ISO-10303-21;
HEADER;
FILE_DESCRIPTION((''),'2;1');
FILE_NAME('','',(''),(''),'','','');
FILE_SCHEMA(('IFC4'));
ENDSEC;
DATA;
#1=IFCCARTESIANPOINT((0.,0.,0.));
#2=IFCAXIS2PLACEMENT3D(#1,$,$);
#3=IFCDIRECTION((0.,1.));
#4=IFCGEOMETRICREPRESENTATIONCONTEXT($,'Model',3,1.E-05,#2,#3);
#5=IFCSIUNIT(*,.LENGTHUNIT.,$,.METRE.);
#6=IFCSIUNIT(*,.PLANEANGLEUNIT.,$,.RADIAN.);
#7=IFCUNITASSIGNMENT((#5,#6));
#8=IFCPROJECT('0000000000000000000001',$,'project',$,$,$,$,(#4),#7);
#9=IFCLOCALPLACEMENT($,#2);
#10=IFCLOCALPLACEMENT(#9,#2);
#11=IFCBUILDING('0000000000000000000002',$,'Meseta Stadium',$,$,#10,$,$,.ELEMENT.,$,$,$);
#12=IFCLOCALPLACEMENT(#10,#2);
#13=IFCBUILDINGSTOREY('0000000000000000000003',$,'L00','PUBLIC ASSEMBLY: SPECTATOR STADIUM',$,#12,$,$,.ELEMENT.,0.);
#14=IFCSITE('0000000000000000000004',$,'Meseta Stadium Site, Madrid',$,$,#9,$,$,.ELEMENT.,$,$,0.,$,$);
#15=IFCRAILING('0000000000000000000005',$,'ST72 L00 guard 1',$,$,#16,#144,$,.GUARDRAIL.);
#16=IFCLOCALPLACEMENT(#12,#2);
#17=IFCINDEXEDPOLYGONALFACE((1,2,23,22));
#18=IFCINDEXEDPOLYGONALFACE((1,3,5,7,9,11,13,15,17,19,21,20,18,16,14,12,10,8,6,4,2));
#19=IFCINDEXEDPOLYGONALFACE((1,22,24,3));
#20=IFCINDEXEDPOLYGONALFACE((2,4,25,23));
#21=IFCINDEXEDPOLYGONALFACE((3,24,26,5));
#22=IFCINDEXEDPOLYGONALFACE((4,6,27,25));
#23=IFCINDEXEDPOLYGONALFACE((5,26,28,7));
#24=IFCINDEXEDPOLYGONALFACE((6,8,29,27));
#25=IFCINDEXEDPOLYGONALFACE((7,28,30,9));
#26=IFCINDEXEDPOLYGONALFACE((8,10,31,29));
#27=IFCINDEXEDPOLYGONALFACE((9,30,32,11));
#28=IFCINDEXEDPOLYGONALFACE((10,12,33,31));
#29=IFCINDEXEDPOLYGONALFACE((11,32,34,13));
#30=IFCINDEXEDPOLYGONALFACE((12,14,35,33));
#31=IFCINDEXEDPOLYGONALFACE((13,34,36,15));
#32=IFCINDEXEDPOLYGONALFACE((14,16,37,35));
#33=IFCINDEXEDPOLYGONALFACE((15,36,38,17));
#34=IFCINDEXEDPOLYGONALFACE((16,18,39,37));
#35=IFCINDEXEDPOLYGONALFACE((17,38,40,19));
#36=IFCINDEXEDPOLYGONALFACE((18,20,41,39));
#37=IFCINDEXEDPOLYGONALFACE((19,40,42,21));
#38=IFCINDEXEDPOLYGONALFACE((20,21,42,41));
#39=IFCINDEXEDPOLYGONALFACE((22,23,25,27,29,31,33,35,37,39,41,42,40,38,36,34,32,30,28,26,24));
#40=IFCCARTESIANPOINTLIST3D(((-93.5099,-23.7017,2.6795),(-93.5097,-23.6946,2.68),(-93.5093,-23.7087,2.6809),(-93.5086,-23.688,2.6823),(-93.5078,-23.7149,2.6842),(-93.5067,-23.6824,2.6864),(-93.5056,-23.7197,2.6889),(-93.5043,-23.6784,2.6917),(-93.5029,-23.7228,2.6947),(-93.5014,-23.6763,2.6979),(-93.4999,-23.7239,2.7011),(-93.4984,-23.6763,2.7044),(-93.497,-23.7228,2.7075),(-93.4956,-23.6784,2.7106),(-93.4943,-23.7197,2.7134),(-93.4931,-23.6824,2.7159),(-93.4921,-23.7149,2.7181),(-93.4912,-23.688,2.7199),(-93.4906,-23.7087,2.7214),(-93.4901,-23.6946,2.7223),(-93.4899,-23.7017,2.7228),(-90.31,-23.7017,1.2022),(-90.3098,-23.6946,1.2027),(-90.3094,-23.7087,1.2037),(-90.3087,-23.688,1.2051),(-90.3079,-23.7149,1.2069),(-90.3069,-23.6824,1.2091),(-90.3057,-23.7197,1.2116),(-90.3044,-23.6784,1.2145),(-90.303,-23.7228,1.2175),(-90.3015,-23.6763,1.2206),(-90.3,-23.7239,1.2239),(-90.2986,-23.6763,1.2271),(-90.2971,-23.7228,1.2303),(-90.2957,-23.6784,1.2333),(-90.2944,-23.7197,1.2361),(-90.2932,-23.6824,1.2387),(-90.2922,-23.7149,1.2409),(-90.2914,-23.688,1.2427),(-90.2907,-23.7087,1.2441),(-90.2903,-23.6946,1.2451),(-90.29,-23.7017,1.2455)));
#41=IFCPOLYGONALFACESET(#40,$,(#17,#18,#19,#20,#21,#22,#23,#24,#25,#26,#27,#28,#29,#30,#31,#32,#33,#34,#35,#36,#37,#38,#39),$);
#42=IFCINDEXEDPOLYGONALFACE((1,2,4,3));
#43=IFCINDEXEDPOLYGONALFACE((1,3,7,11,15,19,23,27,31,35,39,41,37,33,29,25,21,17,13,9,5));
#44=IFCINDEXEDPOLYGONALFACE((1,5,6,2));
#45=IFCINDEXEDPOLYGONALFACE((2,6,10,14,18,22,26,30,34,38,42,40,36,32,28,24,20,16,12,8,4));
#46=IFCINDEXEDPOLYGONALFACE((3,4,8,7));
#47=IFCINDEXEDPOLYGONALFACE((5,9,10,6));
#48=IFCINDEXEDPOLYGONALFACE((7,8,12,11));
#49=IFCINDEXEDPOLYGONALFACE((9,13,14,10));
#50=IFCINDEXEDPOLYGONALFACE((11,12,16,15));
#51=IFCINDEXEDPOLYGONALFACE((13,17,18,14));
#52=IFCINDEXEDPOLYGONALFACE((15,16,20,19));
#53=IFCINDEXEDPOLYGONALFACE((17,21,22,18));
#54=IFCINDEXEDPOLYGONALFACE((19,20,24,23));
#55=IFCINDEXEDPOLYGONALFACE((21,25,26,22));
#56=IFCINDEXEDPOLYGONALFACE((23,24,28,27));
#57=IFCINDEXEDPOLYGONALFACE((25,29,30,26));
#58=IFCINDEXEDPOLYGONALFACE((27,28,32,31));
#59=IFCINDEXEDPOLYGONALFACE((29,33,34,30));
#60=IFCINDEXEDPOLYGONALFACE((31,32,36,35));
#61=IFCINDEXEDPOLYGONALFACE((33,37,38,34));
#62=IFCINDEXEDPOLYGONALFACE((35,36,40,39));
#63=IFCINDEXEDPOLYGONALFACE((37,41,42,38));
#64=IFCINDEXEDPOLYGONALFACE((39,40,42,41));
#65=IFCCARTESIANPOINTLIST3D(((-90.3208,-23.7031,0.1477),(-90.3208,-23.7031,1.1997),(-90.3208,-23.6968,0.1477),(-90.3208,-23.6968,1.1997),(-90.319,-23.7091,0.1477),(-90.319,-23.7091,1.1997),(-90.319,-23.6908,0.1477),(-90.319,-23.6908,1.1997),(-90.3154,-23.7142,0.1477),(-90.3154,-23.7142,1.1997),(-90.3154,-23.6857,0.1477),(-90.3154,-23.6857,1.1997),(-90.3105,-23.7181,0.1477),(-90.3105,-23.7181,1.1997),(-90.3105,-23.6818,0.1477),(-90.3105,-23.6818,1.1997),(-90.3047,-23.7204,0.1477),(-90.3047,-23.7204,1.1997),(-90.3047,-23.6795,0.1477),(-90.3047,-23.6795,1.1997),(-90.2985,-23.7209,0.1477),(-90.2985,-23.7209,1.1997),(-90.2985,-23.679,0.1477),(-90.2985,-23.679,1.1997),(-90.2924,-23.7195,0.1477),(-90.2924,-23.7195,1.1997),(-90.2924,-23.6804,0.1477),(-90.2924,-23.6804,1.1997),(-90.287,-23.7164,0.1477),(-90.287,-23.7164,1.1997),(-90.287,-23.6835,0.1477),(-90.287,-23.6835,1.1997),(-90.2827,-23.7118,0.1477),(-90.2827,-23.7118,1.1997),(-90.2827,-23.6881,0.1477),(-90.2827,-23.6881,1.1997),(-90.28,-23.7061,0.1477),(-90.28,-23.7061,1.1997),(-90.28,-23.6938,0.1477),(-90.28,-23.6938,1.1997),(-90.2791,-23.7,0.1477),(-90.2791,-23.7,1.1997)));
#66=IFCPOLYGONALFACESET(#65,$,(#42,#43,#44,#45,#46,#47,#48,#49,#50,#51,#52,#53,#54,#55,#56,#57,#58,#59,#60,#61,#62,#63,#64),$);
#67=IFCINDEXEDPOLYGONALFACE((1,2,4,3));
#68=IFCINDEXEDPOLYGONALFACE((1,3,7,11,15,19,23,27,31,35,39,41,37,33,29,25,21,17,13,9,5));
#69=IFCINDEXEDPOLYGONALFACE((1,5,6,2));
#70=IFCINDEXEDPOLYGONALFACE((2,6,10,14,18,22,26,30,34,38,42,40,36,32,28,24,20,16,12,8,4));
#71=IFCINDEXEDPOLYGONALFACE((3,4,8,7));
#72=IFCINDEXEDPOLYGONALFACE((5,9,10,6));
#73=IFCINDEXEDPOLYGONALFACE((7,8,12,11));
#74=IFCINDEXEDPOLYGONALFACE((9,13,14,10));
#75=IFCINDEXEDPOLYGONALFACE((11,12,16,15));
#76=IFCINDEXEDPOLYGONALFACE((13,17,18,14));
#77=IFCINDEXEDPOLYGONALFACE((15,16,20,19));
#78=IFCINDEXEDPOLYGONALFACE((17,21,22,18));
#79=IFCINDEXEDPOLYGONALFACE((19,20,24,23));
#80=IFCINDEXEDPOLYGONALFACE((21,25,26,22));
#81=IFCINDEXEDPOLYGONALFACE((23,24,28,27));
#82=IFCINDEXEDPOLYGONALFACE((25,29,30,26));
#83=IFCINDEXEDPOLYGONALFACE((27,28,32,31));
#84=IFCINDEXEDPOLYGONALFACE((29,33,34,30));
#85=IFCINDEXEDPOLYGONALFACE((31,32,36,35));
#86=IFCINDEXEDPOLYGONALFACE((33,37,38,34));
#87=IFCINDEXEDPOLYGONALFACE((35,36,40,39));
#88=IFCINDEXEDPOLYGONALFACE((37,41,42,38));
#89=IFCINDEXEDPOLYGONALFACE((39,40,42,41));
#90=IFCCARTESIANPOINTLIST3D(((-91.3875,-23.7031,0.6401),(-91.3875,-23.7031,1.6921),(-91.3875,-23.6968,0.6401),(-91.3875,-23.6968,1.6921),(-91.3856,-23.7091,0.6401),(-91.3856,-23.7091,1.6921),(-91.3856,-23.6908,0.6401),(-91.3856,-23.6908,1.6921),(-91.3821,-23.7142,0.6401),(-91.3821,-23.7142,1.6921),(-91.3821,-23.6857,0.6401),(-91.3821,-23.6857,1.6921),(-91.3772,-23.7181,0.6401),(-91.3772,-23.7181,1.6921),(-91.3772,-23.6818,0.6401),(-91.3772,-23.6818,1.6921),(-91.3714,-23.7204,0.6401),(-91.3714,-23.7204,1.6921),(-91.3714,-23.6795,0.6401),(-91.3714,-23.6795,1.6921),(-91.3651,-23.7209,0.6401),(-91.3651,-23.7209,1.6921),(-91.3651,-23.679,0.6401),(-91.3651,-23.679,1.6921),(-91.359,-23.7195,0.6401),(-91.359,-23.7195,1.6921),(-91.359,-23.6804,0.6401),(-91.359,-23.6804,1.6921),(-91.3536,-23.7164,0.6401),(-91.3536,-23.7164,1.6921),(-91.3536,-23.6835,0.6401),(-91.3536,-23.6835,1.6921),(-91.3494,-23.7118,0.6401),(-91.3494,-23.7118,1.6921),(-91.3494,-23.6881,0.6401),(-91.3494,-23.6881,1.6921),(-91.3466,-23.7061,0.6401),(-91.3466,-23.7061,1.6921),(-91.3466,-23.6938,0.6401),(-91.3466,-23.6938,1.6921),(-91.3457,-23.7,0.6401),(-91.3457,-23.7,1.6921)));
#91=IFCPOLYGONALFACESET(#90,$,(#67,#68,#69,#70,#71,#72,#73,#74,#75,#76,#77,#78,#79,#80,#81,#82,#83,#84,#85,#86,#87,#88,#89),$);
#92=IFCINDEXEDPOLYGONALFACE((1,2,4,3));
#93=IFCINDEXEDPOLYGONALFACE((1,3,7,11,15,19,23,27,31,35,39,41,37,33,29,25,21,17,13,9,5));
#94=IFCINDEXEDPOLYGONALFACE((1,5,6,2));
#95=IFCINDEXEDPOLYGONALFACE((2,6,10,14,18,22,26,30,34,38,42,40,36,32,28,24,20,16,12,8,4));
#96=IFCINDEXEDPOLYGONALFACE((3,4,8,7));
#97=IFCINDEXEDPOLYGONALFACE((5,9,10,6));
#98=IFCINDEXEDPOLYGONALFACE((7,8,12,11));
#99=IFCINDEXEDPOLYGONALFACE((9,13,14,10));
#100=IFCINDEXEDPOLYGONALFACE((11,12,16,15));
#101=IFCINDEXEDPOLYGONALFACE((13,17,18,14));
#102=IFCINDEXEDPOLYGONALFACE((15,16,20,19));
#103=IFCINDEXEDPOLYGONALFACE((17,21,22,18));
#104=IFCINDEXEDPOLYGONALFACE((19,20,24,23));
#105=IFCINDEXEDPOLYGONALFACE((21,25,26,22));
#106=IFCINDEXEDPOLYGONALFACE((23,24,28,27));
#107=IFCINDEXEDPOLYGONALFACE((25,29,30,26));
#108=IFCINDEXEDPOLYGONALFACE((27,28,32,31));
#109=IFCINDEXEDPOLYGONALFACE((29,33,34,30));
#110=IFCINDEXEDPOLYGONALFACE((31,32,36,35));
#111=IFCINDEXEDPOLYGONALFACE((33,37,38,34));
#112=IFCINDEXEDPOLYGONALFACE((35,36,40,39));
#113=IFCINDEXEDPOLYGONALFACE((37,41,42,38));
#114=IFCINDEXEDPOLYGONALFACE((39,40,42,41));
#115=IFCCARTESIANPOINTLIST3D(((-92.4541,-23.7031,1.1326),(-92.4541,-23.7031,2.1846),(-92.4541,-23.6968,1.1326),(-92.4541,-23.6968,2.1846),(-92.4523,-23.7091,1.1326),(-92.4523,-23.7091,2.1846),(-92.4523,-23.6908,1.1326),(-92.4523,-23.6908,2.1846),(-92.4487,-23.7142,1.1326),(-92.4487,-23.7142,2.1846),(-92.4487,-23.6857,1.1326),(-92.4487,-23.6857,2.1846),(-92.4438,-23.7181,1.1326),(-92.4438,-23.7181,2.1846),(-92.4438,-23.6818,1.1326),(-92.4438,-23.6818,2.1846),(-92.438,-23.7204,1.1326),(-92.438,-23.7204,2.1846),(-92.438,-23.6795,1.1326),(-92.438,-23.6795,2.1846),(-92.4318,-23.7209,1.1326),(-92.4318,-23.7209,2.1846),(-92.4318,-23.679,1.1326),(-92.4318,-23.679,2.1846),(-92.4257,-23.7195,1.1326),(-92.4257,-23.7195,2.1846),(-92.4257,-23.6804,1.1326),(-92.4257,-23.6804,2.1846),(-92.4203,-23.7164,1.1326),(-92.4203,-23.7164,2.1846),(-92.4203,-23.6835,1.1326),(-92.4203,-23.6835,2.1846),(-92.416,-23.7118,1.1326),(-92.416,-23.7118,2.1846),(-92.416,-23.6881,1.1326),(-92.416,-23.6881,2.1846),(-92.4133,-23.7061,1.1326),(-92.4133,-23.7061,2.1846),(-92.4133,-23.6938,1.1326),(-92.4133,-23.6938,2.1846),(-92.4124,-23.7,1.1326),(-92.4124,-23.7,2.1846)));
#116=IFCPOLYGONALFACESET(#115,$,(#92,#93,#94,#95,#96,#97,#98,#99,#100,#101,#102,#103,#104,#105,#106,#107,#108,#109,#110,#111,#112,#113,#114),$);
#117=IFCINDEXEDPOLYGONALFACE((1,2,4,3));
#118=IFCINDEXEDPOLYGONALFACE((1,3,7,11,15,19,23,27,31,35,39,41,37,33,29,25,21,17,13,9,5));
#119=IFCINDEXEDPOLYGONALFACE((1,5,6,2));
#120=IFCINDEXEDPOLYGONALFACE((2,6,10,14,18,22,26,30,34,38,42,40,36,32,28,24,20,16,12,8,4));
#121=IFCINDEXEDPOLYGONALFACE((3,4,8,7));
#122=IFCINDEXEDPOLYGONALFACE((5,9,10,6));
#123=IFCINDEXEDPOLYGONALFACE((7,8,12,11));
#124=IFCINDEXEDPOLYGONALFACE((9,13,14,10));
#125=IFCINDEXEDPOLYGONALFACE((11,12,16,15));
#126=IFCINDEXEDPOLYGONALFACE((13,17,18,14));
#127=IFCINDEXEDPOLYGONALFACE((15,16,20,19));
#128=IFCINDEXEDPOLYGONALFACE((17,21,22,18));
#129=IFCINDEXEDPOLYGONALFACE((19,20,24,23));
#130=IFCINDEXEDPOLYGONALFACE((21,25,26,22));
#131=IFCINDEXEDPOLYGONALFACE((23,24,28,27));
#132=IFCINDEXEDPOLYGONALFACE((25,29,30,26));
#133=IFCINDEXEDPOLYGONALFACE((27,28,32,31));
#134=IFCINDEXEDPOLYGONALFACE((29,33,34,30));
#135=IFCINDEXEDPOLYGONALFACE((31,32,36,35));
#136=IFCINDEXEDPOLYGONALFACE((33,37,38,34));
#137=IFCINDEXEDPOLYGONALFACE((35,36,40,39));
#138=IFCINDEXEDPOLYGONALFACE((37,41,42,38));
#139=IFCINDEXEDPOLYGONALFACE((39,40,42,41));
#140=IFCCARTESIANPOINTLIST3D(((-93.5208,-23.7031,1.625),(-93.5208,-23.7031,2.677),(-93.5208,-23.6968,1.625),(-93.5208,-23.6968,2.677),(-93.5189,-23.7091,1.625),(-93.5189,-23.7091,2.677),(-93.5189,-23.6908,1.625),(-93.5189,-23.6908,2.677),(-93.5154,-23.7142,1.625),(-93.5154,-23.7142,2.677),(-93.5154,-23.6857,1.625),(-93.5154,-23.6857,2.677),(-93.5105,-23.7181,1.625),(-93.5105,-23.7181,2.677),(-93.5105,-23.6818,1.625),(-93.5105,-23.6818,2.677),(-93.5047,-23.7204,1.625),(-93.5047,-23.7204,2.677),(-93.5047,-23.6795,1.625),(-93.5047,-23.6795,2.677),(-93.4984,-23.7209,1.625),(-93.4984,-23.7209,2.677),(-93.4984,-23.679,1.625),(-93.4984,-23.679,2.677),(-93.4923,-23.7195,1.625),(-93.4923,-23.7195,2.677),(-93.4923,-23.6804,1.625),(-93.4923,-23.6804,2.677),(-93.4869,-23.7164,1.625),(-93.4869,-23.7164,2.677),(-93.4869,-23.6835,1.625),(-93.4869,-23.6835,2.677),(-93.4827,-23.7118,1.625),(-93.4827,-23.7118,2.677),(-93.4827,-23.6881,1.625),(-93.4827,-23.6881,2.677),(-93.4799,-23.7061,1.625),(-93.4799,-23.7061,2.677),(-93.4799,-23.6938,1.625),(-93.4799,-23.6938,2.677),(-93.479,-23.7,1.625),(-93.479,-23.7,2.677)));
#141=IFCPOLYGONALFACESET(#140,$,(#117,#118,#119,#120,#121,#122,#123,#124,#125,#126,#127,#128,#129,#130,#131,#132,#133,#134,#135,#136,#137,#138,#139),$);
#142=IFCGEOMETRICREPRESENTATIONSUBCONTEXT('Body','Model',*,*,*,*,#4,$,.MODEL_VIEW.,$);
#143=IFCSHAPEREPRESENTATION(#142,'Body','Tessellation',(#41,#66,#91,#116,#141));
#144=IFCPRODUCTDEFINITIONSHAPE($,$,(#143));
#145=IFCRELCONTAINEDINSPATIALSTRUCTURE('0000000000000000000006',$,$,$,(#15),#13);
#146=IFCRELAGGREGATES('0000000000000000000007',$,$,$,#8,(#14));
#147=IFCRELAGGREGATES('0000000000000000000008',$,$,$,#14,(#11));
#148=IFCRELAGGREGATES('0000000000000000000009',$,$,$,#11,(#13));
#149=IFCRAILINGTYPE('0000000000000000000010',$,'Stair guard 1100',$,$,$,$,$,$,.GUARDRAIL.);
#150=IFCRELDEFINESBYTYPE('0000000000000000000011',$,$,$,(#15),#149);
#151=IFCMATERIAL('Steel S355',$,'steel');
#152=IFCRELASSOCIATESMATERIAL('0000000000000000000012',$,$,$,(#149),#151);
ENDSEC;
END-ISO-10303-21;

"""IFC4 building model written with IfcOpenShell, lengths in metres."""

from ifc_helpers import new_model, si_unit, direction, frame, origin, origin_2d, place, context, subcontext, project, spatial, circle, extrude, material, type_object, element, save


model = new_model("IFC4")

# Units and contexts
model_context = context("Model", 3, precision=1e-05, world=origin(), true_north=direction((0.0, 1.0)))
body_context = subcontext(model_context, "Body", "Model", "MODEL_VIEW")
ifc_project = project(units=[si_unit("LENGTHUNIT", "METRE"), si_unit("PLANEANGLEUNIT", "RADIAN")], contexts=[model_context])

# Site, building, storey
site_placement = place(None, origin())
site = spatial("IfcSite", under=ifc_project, at=site_placement, Name="Meseta Stadium Site, Madrid", CompositionType="ELEMENT", RefElevation=0.0)
building_placement = place(site_placement, origin())
building = spatial("IfcBuilding", under=site, at=building_placement, Name="Meseta Stadium", CompositionType="ELEMENT")
storey_placement = place(building_placement, origin())
storey = spatial("IfcBuildingStorey", under=building, at=storey_placement, Name="L00", Description="PUBLIC ASSEMBLY: SPECTATOR STADIUM", CompositionType="ELEMENT", Elevation=0.0)

# Railing
ifc_material_1 = material(Name="Steel S355", Category="steel")
railing_type_1 = type_object("IfcRailingType", Name="Stair guard 1100", PredefinedType="GUARDRAIL", material=ifc_material_1)
railing_1_placement = place(storey_placement, frame((-90.3, -23.7, 0.1477)))
element("IfcRailing", 1, at=railing_1_placement, inside=storey, type_object=railing_type_1, Name="ST72 L00 guard 1", PredefinedType="GUARDRAIL", context=body_context, shape_type="SweptSolid", body=[
    extrude(circle(Radius=0.0239, at=origin_2d()), frame((0.0, 0.0, 1.0762), z_axis=(-0.907917, 0.0, 0.41915), x_axis=(0.0, -1.0, 0.0)), (0.0, 0.0, 1.0), 3.5244),
    extrude(circle(Radius=0.021, at=origin_2d()), origin(), (0.0, 0.0, 1.0), 1.052),
    extrude(circle(Radius=0.021, at=origin_2d()), frame((-1.0667, 0.0, 0.4924)), (0.0, 0.0, 1.0), 1.052),
    extrude(circle(Radius=0.021, at=origin_2d()), frame((-2.1333, 0.0, 0.9849)), (0.0, 0.0, 1.0), 1.052),
    extrude(circle(Radius=0.021, at=origin_2d()), frame((-3.2, 0.0, 1.4773)), (0.0, 0.0, 1.0), 1.052),
])

save(model, "model.ifc")
